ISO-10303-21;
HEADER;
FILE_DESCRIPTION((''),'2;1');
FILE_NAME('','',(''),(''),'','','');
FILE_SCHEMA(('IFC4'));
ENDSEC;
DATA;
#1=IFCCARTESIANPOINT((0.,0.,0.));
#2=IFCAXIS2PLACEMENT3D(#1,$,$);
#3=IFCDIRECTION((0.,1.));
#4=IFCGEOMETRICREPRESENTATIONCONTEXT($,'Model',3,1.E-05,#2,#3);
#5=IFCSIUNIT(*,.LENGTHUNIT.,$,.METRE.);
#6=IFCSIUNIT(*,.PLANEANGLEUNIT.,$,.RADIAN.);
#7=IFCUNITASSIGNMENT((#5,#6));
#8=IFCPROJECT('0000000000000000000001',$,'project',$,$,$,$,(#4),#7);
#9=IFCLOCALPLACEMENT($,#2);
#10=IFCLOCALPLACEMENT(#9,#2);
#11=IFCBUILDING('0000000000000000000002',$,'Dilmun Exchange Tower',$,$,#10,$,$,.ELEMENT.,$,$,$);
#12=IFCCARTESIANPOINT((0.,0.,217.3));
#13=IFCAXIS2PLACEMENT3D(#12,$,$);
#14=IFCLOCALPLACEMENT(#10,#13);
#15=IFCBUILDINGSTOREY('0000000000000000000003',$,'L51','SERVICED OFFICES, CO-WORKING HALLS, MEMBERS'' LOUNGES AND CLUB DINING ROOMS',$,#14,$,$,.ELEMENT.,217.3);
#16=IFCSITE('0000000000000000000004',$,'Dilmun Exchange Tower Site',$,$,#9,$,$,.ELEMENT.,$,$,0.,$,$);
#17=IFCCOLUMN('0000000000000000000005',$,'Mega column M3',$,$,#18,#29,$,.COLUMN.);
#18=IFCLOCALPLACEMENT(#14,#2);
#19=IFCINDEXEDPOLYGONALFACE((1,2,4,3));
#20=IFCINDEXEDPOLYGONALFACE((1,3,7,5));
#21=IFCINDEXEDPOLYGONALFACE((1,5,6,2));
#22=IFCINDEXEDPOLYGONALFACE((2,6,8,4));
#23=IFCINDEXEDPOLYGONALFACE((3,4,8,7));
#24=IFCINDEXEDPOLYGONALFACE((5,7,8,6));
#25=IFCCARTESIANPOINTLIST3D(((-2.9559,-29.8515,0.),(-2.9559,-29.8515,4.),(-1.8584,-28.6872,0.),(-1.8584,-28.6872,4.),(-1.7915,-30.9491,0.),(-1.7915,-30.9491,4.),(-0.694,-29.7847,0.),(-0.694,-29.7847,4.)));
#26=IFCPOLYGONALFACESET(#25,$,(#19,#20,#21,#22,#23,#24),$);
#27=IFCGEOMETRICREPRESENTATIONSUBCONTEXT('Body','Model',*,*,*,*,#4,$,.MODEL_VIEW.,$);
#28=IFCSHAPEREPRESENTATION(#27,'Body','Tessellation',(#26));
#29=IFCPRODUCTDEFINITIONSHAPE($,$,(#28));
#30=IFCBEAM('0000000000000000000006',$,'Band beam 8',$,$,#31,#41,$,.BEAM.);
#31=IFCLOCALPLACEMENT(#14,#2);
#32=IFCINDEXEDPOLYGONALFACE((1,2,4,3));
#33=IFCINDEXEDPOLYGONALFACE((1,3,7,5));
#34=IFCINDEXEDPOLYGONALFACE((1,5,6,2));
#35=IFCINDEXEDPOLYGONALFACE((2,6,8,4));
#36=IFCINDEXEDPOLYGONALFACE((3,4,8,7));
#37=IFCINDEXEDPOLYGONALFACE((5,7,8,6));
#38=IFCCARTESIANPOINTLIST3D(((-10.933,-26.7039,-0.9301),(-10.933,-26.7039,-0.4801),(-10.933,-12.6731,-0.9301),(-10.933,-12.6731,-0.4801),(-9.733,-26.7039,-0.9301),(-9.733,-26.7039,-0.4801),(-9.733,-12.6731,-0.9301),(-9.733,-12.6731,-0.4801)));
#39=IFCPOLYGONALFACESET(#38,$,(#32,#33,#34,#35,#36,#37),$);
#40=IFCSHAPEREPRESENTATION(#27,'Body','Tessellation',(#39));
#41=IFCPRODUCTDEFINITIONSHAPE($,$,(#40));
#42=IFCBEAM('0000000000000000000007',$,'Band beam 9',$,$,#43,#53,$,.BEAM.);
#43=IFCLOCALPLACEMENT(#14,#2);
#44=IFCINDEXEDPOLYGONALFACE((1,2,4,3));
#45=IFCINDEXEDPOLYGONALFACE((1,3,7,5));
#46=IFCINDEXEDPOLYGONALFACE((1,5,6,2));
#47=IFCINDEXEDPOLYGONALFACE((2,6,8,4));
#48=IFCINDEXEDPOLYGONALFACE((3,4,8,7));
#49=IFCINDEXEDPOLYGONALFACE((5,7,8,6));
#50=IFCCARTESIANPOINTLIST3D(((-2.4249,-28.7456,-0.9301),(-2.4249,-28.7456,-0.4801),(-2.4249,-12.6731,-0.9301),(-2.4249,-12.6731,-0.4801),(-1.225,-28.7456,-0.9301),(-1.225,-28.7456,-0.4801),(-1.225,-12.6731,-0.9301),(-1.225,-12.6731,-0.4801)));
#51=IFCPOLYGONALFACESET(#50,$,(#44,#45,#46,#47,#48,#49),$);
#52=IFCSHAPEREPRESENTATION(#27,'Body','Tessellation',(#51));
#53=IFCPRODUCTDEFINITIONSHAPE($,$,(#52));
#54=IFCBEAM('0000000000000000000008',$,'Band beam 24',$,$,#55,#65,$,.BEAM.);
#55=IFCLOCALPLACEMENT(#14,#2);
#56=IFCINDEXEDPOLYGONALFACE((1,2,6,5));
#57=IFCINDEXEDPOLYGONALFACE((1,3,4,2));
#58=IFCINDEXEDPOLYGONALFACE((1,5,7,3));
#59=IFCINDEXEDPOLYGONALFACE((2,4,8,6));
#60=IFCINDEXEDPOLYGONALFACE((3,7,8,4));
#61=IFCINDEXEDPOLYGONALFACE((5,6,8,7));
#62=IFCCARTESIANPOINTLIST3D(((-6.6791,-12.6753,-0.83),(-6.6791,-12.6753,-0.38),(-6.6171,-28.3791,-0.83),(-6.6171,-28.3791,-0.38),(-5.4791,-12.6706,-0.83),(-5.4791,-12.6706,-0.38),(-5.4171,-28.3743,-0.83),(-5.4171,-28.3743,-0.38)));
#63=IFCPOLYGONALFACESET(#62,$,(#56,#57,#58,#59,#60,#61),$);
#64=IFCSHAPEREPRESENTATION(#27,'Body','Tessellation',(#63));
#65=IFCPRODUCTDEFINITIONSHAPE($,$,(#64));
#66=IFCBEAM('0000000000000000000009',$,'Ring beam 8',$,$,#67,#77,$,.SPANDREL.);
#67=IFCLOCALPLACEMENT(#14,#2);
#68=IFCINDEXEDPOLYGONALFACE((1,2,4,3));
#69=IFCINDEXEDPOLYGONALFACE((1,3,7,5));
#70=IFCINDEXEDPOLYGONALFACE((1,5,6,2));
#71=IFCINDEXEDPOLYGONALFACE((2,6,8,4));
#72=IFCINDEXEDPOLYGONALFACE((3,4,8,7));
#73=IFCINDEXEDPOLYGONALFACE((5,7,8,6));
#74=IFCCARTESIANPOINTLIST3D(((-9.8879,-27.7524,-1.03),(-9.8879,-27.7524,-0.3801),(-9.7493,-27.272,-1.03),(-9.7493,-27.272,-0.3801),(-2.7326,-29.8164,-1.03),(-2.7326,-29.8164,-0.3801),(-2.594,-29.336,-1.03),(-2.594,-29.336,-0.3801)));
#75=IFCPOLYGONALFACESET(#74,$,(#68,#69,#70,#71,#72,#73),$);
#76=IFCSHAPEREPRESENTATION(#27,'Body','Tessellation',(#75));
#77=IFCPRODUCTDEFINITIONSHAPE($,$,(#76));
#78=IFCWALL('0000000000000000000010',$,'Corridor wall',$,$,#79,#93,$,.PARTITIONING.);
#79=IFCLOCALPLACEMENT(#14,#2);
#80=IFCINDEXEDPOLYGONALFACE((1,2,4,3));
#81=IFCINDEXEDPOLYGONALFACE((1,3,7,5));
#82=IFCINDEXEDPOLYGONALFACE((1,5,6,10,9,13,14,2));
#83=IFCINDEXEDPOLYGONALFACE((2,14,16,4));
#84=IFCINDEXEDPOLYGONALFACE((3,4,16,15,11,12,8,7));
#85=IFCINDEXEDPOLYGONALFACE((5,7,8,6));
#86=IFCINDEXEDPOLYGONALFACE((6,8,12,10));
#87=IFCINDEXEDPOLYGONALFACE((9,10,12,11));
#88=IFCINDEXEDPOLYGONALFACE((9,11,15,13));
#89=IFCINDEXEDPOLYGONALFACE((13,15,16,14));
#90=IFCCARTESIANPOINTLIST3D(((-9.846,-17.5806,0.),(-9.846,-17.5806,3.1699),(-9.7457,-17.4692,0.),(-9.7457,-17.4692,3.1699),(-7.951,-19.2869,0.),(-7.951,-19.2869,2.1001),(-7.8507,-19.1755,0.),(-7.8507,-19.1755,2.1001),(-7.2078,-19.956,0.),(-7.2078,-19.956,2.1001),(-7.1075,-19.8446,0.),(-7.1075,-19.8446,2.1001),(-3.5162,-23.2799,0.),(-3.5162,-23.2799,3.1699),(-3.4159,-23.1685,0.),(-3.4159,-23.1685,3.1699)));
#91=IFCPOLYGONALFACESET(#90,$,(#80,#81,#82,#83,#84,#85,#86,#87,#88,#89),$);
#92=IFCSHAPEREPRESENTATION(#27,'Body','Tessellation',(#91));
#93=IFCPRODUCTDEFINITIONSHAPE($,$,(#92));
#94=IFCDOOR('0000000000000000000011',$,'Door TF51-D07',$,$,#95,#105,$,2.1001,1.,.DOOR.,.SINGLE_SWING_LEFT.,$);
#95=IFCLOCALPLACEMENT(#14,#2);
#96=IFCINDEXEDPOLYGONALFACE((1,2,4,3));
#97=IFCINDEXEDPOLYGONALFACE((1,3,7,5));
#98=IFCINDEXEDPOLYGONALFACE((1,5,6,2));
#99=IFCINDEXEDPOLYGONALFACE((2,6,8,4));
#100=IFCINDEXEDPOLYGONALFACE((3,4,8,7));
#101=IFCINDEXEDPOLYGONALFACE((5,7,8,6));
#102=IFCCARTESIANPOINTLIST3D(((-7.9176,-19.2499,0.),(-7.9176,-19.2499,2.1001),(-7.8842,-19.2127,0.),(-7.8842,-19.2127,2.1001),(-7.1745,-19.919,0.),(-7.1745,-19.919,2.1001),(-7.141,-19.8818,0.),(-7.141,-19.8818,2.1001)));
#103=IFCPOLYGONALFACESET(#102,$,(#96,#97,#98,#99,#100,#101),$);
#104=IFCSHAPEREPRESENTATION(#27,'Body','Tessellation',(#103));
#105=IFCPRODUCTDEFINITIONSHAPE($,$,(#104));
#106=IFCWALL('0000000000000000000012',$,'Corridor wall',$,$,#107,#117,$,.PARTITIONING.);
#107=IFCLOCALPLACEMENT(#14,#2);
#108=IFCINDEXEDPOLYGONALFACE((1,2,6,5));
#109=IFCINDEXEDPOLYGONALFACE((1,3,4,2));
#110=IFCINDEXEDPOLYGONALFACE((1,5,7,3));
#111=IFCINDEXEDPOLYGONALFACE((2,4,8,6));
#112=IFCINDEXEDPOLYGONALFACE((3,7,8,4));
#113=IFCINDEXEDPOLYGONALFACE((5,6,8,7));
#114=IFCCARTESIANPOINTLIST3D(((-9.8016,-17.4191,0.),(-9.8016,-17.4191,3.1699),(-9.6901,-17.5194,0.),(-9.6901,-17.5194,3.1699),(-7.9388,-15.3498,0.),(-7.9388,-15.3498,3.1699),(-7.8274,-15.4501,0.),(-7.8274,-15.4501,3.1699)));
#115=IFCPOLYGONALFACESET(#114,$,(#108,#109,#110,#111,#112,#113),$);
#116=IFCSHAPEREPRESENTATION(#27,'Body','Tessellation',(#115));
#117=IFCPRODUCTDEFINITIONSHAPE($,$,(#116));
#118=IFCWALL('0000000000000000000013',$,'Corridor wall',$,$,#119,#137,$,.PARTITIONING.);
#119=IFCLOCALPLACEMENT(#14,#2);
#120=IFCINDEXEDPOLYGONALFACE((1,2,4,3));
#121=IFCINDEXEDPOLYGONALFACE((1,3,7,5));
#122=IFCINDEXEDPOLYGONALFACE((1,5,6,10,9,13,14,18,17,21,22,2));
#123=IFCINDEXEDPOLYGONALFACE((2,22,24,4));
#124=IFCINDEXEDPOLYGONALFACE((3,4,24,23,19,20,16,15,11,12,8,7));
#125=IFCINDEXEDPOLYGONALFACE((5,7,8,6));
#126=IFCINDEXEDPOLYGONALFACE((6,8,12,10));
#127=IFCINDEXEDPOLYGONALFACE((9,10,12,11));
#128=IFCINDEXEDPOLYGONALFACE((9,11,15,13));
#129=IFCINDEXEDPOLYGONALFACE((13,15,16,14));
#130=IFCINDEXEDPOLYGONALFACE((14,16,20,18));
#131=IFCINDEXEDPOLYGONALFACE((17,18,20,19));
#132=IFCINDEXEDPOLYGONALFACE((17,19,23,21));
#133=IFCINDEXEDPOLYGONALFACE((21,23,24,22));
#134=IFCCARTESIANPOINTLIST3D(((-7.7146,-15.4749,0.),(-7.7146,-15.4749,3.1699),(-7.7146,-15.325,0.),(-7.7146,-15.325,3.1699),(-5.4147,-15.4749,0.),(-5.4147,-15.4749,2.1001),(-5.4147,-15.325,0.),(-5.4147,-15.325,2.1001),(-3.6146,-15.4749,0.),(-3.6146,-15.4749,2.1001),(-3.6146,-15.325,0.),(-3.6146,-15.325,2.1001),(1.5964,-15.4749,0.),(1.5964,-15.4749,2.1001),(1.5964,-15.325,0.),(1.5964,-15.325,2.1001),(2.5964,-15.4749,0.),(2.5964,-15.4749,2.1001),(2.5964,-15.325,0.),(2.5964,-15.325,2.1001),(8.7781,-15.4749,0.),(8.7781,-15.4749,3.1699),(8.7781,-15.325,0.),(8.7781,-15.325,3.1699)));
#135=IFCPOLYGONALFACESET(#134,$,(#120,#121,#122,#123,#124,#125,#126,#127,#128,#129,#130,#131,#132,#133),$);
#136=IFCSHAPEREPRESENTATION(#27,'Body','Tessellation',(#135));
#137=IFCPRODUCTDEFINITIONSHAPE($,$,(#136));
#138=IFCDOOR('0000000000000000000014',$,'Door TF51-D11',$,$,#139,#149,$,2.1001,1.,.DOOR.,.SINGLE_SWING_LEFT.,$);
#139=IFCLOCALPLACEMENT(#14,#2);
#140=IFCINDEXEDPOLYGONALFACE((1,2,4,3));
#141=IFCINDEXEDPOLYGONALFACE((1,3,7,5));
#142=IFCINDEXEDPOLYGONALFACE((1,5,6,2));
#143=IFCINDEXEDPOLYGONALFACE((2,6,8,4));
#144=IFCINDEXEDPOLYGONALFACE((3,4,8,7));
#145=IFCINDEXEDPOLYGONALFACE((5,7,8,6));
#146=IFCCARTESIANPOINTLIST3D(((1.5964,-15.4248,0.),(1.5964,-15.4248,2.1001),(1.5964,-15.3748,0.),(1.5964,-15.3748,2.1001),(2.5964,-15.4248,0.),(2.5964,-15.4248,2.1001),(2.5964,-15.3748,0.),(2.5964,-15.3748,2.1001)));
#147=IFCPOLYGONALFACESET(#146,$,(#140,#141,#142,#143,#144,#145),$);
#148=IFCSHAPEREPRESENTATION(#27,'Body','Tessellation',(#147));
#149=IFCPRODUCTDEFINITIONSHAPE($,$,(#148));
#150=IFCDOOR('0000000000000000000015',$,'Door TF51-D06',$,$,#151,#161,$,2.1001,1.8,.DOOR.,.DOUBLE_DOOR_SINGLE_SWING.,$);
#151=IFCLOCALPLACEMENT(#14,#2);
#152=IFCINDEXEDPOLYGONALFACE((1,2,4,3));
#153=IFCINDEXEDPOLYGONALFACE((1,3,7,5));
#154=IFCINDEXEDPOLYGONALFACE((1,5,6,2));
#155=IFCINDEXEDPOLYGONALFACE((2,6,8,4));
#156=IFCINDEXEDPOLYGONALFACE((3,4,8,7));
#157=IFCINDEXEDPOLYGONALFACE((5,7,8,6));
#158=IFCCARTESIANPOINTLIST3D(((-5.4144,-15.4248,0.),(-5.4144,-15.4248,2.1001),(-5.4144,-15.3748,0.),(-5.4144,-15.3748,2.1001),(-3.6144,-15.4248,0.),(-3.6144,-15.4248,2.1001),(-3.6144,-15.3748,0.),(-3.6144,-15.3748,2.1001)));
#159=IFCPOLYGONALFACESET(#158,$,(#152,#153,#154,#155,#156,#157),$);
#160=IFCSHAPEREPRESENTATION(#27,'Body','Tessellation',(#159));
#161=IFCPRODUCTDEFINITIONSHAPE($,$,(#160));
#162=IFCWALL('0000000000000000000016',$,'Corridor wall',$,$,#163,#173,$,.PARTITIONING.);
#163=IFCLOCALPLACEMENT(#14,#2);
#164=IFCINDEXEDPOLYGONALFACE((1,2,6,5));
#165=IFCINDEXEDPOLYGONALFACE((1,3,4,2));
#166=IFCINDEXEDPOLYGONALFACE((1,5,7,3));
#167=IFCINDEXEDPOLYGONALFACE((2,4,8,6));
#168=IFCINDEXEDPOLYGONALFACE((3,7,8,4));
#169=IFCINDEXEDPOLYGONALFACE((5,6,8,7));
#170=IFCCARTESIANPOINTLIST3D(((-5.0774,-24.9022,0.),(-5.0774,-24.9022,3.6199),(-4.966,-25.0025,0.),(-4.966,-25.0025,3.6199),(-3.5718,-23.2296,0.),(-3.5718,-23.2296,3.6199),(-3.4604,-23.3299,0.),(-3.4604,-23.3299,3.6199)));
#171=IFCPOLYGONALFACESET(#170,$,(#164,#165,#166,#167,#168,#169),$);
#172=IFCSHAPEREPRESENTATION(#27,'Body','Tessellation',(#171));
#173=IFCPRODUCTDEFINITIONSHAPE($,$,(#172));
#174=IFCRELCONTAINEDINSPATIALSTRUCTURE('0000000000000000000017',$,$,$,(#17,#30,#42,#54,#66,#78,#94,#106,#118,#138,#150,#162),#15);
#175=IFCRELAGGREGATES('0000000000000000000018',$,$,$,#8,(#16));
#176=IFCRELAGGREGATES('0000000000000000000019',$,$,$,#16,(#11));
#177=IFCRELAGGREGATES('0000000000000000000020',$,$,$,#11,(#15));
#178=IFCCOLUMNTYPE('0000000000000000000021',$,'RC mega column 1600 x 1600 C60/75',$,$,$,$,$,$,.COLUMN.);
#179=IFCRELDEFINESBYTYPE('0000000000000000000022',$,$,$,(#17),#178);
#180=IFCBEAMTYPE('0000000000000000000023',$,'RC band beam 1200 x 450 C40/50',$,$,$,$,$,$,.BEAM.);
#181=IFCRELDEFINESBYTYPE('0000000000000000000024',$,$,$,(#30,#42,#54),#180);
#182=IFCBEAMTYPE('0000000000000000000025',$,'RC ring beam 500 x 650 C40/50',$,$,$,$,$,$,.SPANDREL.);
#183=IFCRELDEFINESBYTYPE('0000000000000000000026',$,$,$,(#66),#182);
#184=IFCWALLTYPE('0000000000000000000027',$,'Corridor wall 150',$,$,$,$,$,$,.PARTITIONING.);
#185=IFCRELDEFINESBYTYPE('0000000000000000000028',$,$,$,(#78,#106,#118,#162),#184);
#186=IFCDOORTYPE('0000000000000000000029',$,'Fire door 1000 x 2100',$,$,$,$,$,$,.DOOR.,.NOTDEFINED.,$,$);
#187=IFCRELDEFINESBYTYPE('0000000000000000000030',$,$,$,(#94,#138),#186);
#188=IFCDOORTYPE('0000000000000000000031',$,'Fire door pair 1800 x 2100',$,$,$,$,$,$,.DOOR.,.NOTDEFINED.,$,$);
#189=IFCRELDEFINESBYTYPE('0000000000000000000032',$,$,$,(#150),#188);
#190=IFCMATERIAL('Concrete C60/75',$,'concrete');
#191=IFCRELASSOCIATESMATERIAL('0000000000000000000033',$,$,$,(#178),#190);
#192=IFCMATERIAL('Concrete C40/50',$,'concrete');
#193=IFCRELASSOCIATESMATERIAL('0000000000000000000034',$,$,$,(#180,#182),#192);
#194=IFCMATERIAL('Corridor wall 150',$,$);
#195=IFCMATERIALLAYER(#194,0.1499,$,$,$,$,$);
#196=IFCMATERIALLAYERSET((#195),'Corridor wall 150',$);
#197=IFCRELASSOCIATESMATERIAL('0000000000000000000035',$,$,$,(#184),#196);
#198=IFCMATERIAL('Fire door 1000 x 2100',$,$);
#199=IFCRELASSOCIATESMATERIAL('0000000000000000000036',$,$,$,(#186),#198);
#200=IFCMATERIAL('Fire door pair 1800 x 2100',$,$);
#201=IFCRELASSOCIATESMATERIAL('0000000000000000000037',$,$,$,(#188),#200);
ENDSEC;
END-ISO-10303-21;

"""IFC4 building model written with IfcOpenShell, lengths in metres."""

from ifc_helpers import new_model, si_unit, direction, frame, frame_2d, origin, origin_2d, place, context, subcontext, project, spatial, rectangle, extrude, material, layer, layer_set, material_profile, profile_set, type_object, element, fill, save


model = new_model("IFC4")

# Units and contexts
model_context = context("Model", 3, precision=1e-05, world=origin(), true_north=direction((0.0, 1.0)))
body_context = subcontext(model_context, "Body", "Model", "MODEL_VIEW")
ifc_project = project(units=[si_unit("LENGTHUNIT", "METRE"), si_unit("PLANEANGLEUNIT", "RADIAN")], contexts=[model_context])

# Site, building, storey
site_placement = place(None, origin())
site = spatial("IfcSite", under=ifc_project, at=site_placement, Name="Dilmun Exchange Tower Site", CompositionType="ELEMENT", RefElevation=0.0)
building_placement = place(site_placement, origin())
building = spatial("IfcBuilding", under=site, at=building_placement, Name="Dilmun Exchange Tower", CompositionType="ELEMENT")
storey_placement = place(building_placement, frame((0.0, 0.0, 217.3)))
storey = spatial("IfcBuildingStorey", under=building, at=storey_placement, Name="L51", Description="SERVICED OFFICES, CO-WORKING HALLS, MEMBERS' LOUNGES AND CLUB DINING ROOMS", CompositionType="ELEMENT", Elevation=217.3)

# Column
ifc_material_1 = material(Name="Concrete C60/75", Category="concrete")
ifc_material_profile_1 = material_profile(ifc_material_1, rectangle(XDim=1.6001, YDim=1.6001, at=origin_2d()), Name="1600 x 1600")
ifc_profile_set_1 = profile_set([ifc_material_profile_1], Name="Concrete C60/75")
column_type = type_object("IfcColumnType", Name="RC mega column 1600 x 1600 C60/75", PredefinedType="COLUMN", material=ifc_profile_set_1)
column_placement = place(storey_placement, frame((-1.825, -29.8181, 0.0), z_axis=(0.0, 0.0, 1.0), x_axis=(0.685916, 0.727681, 0.0)))
element("IfcColumn", 1, at=column_placement, inside=storey, type_object=column_type, Name="Mega column M3", PredefinedType="COLUMN", context=body_context, shape_type="SweptSolid", body=[
    extrude(rectangle(XDim=1.6001, YDim=1.6001, at=origin_2d()), origin(), (0.0, 0.0, 1.0), 4.0),
])

# Beams
ifc_material_2 = material(Name="Concrete C40/50", Category="concrete")
ifc_material_profile_2 = material_profile(ifc_material_2, rectangle(XDim=1.2, YDim=0.45, at=origin_2d()), Name="1200 x 450")
ifc_profile_set_2 = profile_set([ifc_material_profile_2], Name="Concrete C40/50")
beam_type_1 = type_object("IfcBeamType", Name="RC band beam 1200 x 450 C40/50", PredefinedType="BEAM", material=ifc_profile_set_2)
beam_1_placement = place(storey_placement, frame((-10.333, -26.7039, -0.7051), z_axis=(0.0, 1.0, 0.0), x_axis=(-1.0, 0.0, 0.0)))
element("IfcBeam", 2, at=beam_1_placement, inside=storey, type_object=beam_type_1, Name="Band beam 8", PredefinedType="BEAM", context=body_context, shape_type="SweptSolid", body=[
    extrude(rectangle(XDim=1.2, YDim=0.45, at=origin_2d()), origin(), (0.0, 0.0, 1.0), 14.0308),
])
beam_2_placement = place(storey_placement, frame((-1.825, -28.7456, -0.7051), z_axis=(0.0, 1.0, 0.0), x_axis=(-1.0, 0.0, 0.0)))
element("IfcBeam", 3, at=beam_2_placement, inside=storey, type_object=beam_type_1, Name="Band beam 9", PredefinedType="BEAM", context=body_context, shape_type="SweptSolid", body=[
    extrude(rectangle(XDim=1.2, YDim=0.45, at=origin_2d()), origin(), (0.0, 0.0, 1.0), 16.0725),
])
beam_3_placement = place(storey_placement, frame((-6.0171, -28.3767, -0.605), z_axis=(-0.003949, 0.999992, 0.0), x_axis=(-0.999992, -0.003949, 0.0)))
element("IfcBeam", 4, at=beam_3_placement, inside=storey, type_object=beam_type_1, Name="Band beam 24", PredefinedType="BEAM", context=body_context, shape_type="SweptSolid", body=[
    extrude(rectangle(XDim=1.2, YDim=0.45, at=origin_2d()), origin(), (0.0, 0.0, 1.0), 15.7039),
])
ifc_material_profile_3 = material_profile(ifc_material_2, rectangle(XDim=0.5, YDim=0.6499, at=origin_2d()), Name="500 x 650")
ifc_profile_set_3 = profile_set([ifc_material_profile_3], Name="Concrete C40/50")
beam_type_2 = type_object("IfcBeamType", Name="RC ring beam 500 x 650 C40/50", PredefinedType="SPANDREL", material=ifc_profile_set_3)
beam_4_placement = place(storey_placement, frame((-9.8186, -27.5122, -0.7051), z_axis=(0.960826, -0.277154, 0.0), x_axis=(0.277154, 0.960826, 0.0)))
element("IfcBeam", 5, at=beam_4_placement, inside=storey, type_object=beam_type_2, Name="Ring beam 8", PredefinedType="SPANDREL", context=body_context, shape_type="SweptSolid", body=[
    extrude(rectangle(XDim=0.5, YDim=0.6499, at=origin_2d()), origin(), (0.0, 0.0, 1.0), 7.447),
])

# Wall, opening, door
ifc_material_3 = material(Name="Corridor wall 150")
ifc_layer_1 = layer(ifc_material_3, 0.1499)
ifc_layer_set_1 = layer_set([ifc_layer_1], Name="Corridor wall 150")
wall_type_1 = type_object("IfcWallType", Name="Corridor wall 150", PredefinedType="PARTITIONING", material=ifc_layer_set_1)
wall_1_placement = place(storey_placement, frame((-9.7959, -17.5249, 0.0), z_axis=(0.0, 0.0, 1.0), x_axis=(0.743156, -0.669118, 0.0)))
wall_1 = element("IfcWall", 6, at=wall_1_placement, inside=storey, type_object=wall_type_1, Name="Corridor wall", PredefinedType="PARTITIONING", context=body_context, shape_type="SweptSolid", body=[
    extrude(rectangle(XDim=8.5176, YDim=0.1499, at=frame_2d((4.2588, 0.0))), origin(), (0.0, 0.0, 1.0), 3.1699),
])
opening_1_placement = place(wall_1_placement, frame((2.55, 0.0, 0.0)))
opening_1 = element("IfcOpeningElement", 7, at=opening_1_placement, cuts=wall_1, PredefinedType="OPENING", context=body_context, shape_type="SweptSolid", body=[
    extrude(rectangle(XDim=1.0, YDim=2.1001, at=frame_2d((0.5, 1.05))), frame((0.0, 0.085, 0.0), z_axis=(0.0, -1.0, 0.0), x_axis=(1.0, 0.0, 0.0)), (0.0, 0.0, 1.0), 0.1699),
])
ifc_material_4 = material(Name="Fire door 1000 x 2100")
door_type_1 = type_object("IfcDoorType", Name="Fire door 1000 x 2100", OperationType="NOTDEFINED", PredefinedType="DOOR", material=ifc_material_4)
door_1_placement = place(opening_1_placement, origin())
door_1 = element("IfcDoor", 8, at=door_1_placement, inside=storey, type_object=door_type_1, Name="Door TF51-D07", OperationType="SINGLE_SWING_LEFT", OverallHeight=2.1001, OverallWidth=1.0, PredefinedType="DOOR", context=body_context, shape_type="SweptSolid", body=[
    extrude(rectangle(XDim=1.0, YDim=2.1001, at=frame_2d((0.5, 1.05))), frame((0.0, 0.0249, 0.0), z_axis=(0.0, -1.0, 0.0), x_axis=(1.0, 0.0, 0.0)), (0.0, 0.0, 1.0), 0.05),
])
fill(opening_1, door_1)

# Wall
wall_2_placement = place(storey_placement, frame((-9.7458, -17.4692, 0.0), z_axis=(0.0, 0.0, 1.0), x_axis=(0.669042, 0.743224, 0.0)))
element("IfcWall", 9, at=wall_2_placement, inside=storey, type_object=wall_type_1, Name="Corridor wall", PredefinedType="PARTITIONING", context=body_context, shape_type="SweptSolid", body=[
    extrude(rectangle(XDim=2.7842, YDim=0.1499, at=frame_2d((1.3921, 0.0))), origin(), (0.0, 0.0, 1.0), 3.1699),
])

# Wall, openings, doors
wall_3_placement = place(storey_placement, frame((-7.7146, -15.3999, 0.0), z_axis=(0.0, 0.0, 1.0), x_axis=(1.0, 0.0, 0.0)))
wall_3 = element("IfcWall", 10, at=wall_3_placement, inside=storey, type_object=wall_type_1, Name="Corridor wall", PredefinedType="PARTITIONING", context=body_context, shape_type="SweptSolid", body=[
    extrude(rectangle(XDim=16.4927, YDim=0.1499, at=frame_2d((8.2463, 0.0))), origin(), (0.0, 0.0, 1.0), 3.1699),
])
opening_2_placement = place(wall_3_placement, frame((2.3, 0.0, 0.0)))
opening_2 = element("IfcOpeningElement", 11, at=opening_2_placement, cuts=wall_3, PredefinedType="OPENING", context=body_context, shape_type="SweptSolid", body=[
    extrude(rectangle(XDim=1.8, YDim=2.1001, at=frame_2d((0.8999, 1.05))), frame((0.0, 0.085, 0.0), z_axis=(0.0, -1.0, 0.0), x_axis=(1.0, 0.0, 0.0)), (0.0, 0.0, 1.0), 0.1699),
])
opening_3_placement = place(wall_3_placement, frame((9.311, 0.0, 0.0)))
opening_3 = element("IfcOpeningElement", 12, at=opening_3_placement, cuts=wall_3, PredefinedType="OPENING", context=body_context, shape_type="SweptSolid", body=[
    extrude(rectangle(XDim=1.0, YDim=2.1001, at=frame_2d((0.5, 1.05))), frame((0.0, 0.085, 0.0), z_axis=(0.0, -1.0, 0.0), x_axis=(1.0, 0.0, 0.0)), (0.0, 0.0, 1.0), 0.1699),
])
door_2_placement = place(opening_3_placement, frame((1.0, 0.0, 0.0), z_axis=(0.0, 0.0, 1.0), x_axis=(-1.0, 0.0, 0.0)))
door_2 = element("IfcDoor", 13, at=door_2_placement, inside=storey, type_object=door_type_1, Name="Door TF51-D11", OperationType="SINGLE_SWING_LEFT", OverallHeight=2.1001, OverallWidth=1.0, PredefinedType="DOOR", context=body_context, shape_type="SweptSolid", body=[
    extrude(rectangle(XDim=1.0, YDim=2.1001, at=frame_2d((0.5, 1.05))), frame((0.0, 0.0249, 0.0), z_axis=(0.0, -1.0, 0.0), x_axis=(1.0, 0.0, 0.0)), (0.0, 0.0, 1.0), 0.05),
])
fill(opening_3, door_2)
ifc_material_5 = material(Name="Fire door pair 1800 x 2100")
door_type_2 = type_object("IfcDoorType", Name="Fire door pair 1800 x 2100", OperationType="NOTDEFINED", PredefinedType="DOOR", material=ifc_material_5)
door_3_placement = place(opening_2_placement, frame((1.8, 0.0, 0.0), z_axis=(0.0, 0.0, 1.0), x_axis=(-1.0, 0.0, 0.0)))
door_3 = element("IfcDoor", 14, at=door_3_placement, inside=storey, type_object=door_type_2, Name="Door TF51-D06", OperationType="DOUBLE_DOOR_SINGLE_SWING", OverallHeight=2.1001, OverallWidth=1.8, PredefinedType="DOOR", context=body_context, shape_type="SweptSolid", body=[
    extrude(rectangle(XDim=1.8, YDim=2.1001, at=frame_2d((0.8999, 1.05))), frame((0.0, 0.0249, 0.0), z_axis=(0.0, -1.0, 0.0), x_axis=(1.0, 0.0, 0.0)), (0.0, 0.0, 1.0), 0.05),
])
fill(opening_2, door_3)

# Wall
wall_4_placement = place(storey_placement, frame((-5.0217, -24.9524, 0.0), z_axis=(0.0, 0.0, 1.0), x_axis=(0.669031, 0.743235, 0.0)))
element("IfcWall", 15, at=wall_4_placement, inside=storey, type_object=wall_type_1, Name="Corridor wall", PredefinedType="PARTITIONING", context=body_context, shape_type="SweptSolid", body=[
    extrude(rectangle(XDim=2.2505, YDim=0.1499, at=frame_2d((1.1252, 0.0))), origin(), (0.0, 0.0, 1.0), 3.6199),
])

save(model, "model.ifc")
